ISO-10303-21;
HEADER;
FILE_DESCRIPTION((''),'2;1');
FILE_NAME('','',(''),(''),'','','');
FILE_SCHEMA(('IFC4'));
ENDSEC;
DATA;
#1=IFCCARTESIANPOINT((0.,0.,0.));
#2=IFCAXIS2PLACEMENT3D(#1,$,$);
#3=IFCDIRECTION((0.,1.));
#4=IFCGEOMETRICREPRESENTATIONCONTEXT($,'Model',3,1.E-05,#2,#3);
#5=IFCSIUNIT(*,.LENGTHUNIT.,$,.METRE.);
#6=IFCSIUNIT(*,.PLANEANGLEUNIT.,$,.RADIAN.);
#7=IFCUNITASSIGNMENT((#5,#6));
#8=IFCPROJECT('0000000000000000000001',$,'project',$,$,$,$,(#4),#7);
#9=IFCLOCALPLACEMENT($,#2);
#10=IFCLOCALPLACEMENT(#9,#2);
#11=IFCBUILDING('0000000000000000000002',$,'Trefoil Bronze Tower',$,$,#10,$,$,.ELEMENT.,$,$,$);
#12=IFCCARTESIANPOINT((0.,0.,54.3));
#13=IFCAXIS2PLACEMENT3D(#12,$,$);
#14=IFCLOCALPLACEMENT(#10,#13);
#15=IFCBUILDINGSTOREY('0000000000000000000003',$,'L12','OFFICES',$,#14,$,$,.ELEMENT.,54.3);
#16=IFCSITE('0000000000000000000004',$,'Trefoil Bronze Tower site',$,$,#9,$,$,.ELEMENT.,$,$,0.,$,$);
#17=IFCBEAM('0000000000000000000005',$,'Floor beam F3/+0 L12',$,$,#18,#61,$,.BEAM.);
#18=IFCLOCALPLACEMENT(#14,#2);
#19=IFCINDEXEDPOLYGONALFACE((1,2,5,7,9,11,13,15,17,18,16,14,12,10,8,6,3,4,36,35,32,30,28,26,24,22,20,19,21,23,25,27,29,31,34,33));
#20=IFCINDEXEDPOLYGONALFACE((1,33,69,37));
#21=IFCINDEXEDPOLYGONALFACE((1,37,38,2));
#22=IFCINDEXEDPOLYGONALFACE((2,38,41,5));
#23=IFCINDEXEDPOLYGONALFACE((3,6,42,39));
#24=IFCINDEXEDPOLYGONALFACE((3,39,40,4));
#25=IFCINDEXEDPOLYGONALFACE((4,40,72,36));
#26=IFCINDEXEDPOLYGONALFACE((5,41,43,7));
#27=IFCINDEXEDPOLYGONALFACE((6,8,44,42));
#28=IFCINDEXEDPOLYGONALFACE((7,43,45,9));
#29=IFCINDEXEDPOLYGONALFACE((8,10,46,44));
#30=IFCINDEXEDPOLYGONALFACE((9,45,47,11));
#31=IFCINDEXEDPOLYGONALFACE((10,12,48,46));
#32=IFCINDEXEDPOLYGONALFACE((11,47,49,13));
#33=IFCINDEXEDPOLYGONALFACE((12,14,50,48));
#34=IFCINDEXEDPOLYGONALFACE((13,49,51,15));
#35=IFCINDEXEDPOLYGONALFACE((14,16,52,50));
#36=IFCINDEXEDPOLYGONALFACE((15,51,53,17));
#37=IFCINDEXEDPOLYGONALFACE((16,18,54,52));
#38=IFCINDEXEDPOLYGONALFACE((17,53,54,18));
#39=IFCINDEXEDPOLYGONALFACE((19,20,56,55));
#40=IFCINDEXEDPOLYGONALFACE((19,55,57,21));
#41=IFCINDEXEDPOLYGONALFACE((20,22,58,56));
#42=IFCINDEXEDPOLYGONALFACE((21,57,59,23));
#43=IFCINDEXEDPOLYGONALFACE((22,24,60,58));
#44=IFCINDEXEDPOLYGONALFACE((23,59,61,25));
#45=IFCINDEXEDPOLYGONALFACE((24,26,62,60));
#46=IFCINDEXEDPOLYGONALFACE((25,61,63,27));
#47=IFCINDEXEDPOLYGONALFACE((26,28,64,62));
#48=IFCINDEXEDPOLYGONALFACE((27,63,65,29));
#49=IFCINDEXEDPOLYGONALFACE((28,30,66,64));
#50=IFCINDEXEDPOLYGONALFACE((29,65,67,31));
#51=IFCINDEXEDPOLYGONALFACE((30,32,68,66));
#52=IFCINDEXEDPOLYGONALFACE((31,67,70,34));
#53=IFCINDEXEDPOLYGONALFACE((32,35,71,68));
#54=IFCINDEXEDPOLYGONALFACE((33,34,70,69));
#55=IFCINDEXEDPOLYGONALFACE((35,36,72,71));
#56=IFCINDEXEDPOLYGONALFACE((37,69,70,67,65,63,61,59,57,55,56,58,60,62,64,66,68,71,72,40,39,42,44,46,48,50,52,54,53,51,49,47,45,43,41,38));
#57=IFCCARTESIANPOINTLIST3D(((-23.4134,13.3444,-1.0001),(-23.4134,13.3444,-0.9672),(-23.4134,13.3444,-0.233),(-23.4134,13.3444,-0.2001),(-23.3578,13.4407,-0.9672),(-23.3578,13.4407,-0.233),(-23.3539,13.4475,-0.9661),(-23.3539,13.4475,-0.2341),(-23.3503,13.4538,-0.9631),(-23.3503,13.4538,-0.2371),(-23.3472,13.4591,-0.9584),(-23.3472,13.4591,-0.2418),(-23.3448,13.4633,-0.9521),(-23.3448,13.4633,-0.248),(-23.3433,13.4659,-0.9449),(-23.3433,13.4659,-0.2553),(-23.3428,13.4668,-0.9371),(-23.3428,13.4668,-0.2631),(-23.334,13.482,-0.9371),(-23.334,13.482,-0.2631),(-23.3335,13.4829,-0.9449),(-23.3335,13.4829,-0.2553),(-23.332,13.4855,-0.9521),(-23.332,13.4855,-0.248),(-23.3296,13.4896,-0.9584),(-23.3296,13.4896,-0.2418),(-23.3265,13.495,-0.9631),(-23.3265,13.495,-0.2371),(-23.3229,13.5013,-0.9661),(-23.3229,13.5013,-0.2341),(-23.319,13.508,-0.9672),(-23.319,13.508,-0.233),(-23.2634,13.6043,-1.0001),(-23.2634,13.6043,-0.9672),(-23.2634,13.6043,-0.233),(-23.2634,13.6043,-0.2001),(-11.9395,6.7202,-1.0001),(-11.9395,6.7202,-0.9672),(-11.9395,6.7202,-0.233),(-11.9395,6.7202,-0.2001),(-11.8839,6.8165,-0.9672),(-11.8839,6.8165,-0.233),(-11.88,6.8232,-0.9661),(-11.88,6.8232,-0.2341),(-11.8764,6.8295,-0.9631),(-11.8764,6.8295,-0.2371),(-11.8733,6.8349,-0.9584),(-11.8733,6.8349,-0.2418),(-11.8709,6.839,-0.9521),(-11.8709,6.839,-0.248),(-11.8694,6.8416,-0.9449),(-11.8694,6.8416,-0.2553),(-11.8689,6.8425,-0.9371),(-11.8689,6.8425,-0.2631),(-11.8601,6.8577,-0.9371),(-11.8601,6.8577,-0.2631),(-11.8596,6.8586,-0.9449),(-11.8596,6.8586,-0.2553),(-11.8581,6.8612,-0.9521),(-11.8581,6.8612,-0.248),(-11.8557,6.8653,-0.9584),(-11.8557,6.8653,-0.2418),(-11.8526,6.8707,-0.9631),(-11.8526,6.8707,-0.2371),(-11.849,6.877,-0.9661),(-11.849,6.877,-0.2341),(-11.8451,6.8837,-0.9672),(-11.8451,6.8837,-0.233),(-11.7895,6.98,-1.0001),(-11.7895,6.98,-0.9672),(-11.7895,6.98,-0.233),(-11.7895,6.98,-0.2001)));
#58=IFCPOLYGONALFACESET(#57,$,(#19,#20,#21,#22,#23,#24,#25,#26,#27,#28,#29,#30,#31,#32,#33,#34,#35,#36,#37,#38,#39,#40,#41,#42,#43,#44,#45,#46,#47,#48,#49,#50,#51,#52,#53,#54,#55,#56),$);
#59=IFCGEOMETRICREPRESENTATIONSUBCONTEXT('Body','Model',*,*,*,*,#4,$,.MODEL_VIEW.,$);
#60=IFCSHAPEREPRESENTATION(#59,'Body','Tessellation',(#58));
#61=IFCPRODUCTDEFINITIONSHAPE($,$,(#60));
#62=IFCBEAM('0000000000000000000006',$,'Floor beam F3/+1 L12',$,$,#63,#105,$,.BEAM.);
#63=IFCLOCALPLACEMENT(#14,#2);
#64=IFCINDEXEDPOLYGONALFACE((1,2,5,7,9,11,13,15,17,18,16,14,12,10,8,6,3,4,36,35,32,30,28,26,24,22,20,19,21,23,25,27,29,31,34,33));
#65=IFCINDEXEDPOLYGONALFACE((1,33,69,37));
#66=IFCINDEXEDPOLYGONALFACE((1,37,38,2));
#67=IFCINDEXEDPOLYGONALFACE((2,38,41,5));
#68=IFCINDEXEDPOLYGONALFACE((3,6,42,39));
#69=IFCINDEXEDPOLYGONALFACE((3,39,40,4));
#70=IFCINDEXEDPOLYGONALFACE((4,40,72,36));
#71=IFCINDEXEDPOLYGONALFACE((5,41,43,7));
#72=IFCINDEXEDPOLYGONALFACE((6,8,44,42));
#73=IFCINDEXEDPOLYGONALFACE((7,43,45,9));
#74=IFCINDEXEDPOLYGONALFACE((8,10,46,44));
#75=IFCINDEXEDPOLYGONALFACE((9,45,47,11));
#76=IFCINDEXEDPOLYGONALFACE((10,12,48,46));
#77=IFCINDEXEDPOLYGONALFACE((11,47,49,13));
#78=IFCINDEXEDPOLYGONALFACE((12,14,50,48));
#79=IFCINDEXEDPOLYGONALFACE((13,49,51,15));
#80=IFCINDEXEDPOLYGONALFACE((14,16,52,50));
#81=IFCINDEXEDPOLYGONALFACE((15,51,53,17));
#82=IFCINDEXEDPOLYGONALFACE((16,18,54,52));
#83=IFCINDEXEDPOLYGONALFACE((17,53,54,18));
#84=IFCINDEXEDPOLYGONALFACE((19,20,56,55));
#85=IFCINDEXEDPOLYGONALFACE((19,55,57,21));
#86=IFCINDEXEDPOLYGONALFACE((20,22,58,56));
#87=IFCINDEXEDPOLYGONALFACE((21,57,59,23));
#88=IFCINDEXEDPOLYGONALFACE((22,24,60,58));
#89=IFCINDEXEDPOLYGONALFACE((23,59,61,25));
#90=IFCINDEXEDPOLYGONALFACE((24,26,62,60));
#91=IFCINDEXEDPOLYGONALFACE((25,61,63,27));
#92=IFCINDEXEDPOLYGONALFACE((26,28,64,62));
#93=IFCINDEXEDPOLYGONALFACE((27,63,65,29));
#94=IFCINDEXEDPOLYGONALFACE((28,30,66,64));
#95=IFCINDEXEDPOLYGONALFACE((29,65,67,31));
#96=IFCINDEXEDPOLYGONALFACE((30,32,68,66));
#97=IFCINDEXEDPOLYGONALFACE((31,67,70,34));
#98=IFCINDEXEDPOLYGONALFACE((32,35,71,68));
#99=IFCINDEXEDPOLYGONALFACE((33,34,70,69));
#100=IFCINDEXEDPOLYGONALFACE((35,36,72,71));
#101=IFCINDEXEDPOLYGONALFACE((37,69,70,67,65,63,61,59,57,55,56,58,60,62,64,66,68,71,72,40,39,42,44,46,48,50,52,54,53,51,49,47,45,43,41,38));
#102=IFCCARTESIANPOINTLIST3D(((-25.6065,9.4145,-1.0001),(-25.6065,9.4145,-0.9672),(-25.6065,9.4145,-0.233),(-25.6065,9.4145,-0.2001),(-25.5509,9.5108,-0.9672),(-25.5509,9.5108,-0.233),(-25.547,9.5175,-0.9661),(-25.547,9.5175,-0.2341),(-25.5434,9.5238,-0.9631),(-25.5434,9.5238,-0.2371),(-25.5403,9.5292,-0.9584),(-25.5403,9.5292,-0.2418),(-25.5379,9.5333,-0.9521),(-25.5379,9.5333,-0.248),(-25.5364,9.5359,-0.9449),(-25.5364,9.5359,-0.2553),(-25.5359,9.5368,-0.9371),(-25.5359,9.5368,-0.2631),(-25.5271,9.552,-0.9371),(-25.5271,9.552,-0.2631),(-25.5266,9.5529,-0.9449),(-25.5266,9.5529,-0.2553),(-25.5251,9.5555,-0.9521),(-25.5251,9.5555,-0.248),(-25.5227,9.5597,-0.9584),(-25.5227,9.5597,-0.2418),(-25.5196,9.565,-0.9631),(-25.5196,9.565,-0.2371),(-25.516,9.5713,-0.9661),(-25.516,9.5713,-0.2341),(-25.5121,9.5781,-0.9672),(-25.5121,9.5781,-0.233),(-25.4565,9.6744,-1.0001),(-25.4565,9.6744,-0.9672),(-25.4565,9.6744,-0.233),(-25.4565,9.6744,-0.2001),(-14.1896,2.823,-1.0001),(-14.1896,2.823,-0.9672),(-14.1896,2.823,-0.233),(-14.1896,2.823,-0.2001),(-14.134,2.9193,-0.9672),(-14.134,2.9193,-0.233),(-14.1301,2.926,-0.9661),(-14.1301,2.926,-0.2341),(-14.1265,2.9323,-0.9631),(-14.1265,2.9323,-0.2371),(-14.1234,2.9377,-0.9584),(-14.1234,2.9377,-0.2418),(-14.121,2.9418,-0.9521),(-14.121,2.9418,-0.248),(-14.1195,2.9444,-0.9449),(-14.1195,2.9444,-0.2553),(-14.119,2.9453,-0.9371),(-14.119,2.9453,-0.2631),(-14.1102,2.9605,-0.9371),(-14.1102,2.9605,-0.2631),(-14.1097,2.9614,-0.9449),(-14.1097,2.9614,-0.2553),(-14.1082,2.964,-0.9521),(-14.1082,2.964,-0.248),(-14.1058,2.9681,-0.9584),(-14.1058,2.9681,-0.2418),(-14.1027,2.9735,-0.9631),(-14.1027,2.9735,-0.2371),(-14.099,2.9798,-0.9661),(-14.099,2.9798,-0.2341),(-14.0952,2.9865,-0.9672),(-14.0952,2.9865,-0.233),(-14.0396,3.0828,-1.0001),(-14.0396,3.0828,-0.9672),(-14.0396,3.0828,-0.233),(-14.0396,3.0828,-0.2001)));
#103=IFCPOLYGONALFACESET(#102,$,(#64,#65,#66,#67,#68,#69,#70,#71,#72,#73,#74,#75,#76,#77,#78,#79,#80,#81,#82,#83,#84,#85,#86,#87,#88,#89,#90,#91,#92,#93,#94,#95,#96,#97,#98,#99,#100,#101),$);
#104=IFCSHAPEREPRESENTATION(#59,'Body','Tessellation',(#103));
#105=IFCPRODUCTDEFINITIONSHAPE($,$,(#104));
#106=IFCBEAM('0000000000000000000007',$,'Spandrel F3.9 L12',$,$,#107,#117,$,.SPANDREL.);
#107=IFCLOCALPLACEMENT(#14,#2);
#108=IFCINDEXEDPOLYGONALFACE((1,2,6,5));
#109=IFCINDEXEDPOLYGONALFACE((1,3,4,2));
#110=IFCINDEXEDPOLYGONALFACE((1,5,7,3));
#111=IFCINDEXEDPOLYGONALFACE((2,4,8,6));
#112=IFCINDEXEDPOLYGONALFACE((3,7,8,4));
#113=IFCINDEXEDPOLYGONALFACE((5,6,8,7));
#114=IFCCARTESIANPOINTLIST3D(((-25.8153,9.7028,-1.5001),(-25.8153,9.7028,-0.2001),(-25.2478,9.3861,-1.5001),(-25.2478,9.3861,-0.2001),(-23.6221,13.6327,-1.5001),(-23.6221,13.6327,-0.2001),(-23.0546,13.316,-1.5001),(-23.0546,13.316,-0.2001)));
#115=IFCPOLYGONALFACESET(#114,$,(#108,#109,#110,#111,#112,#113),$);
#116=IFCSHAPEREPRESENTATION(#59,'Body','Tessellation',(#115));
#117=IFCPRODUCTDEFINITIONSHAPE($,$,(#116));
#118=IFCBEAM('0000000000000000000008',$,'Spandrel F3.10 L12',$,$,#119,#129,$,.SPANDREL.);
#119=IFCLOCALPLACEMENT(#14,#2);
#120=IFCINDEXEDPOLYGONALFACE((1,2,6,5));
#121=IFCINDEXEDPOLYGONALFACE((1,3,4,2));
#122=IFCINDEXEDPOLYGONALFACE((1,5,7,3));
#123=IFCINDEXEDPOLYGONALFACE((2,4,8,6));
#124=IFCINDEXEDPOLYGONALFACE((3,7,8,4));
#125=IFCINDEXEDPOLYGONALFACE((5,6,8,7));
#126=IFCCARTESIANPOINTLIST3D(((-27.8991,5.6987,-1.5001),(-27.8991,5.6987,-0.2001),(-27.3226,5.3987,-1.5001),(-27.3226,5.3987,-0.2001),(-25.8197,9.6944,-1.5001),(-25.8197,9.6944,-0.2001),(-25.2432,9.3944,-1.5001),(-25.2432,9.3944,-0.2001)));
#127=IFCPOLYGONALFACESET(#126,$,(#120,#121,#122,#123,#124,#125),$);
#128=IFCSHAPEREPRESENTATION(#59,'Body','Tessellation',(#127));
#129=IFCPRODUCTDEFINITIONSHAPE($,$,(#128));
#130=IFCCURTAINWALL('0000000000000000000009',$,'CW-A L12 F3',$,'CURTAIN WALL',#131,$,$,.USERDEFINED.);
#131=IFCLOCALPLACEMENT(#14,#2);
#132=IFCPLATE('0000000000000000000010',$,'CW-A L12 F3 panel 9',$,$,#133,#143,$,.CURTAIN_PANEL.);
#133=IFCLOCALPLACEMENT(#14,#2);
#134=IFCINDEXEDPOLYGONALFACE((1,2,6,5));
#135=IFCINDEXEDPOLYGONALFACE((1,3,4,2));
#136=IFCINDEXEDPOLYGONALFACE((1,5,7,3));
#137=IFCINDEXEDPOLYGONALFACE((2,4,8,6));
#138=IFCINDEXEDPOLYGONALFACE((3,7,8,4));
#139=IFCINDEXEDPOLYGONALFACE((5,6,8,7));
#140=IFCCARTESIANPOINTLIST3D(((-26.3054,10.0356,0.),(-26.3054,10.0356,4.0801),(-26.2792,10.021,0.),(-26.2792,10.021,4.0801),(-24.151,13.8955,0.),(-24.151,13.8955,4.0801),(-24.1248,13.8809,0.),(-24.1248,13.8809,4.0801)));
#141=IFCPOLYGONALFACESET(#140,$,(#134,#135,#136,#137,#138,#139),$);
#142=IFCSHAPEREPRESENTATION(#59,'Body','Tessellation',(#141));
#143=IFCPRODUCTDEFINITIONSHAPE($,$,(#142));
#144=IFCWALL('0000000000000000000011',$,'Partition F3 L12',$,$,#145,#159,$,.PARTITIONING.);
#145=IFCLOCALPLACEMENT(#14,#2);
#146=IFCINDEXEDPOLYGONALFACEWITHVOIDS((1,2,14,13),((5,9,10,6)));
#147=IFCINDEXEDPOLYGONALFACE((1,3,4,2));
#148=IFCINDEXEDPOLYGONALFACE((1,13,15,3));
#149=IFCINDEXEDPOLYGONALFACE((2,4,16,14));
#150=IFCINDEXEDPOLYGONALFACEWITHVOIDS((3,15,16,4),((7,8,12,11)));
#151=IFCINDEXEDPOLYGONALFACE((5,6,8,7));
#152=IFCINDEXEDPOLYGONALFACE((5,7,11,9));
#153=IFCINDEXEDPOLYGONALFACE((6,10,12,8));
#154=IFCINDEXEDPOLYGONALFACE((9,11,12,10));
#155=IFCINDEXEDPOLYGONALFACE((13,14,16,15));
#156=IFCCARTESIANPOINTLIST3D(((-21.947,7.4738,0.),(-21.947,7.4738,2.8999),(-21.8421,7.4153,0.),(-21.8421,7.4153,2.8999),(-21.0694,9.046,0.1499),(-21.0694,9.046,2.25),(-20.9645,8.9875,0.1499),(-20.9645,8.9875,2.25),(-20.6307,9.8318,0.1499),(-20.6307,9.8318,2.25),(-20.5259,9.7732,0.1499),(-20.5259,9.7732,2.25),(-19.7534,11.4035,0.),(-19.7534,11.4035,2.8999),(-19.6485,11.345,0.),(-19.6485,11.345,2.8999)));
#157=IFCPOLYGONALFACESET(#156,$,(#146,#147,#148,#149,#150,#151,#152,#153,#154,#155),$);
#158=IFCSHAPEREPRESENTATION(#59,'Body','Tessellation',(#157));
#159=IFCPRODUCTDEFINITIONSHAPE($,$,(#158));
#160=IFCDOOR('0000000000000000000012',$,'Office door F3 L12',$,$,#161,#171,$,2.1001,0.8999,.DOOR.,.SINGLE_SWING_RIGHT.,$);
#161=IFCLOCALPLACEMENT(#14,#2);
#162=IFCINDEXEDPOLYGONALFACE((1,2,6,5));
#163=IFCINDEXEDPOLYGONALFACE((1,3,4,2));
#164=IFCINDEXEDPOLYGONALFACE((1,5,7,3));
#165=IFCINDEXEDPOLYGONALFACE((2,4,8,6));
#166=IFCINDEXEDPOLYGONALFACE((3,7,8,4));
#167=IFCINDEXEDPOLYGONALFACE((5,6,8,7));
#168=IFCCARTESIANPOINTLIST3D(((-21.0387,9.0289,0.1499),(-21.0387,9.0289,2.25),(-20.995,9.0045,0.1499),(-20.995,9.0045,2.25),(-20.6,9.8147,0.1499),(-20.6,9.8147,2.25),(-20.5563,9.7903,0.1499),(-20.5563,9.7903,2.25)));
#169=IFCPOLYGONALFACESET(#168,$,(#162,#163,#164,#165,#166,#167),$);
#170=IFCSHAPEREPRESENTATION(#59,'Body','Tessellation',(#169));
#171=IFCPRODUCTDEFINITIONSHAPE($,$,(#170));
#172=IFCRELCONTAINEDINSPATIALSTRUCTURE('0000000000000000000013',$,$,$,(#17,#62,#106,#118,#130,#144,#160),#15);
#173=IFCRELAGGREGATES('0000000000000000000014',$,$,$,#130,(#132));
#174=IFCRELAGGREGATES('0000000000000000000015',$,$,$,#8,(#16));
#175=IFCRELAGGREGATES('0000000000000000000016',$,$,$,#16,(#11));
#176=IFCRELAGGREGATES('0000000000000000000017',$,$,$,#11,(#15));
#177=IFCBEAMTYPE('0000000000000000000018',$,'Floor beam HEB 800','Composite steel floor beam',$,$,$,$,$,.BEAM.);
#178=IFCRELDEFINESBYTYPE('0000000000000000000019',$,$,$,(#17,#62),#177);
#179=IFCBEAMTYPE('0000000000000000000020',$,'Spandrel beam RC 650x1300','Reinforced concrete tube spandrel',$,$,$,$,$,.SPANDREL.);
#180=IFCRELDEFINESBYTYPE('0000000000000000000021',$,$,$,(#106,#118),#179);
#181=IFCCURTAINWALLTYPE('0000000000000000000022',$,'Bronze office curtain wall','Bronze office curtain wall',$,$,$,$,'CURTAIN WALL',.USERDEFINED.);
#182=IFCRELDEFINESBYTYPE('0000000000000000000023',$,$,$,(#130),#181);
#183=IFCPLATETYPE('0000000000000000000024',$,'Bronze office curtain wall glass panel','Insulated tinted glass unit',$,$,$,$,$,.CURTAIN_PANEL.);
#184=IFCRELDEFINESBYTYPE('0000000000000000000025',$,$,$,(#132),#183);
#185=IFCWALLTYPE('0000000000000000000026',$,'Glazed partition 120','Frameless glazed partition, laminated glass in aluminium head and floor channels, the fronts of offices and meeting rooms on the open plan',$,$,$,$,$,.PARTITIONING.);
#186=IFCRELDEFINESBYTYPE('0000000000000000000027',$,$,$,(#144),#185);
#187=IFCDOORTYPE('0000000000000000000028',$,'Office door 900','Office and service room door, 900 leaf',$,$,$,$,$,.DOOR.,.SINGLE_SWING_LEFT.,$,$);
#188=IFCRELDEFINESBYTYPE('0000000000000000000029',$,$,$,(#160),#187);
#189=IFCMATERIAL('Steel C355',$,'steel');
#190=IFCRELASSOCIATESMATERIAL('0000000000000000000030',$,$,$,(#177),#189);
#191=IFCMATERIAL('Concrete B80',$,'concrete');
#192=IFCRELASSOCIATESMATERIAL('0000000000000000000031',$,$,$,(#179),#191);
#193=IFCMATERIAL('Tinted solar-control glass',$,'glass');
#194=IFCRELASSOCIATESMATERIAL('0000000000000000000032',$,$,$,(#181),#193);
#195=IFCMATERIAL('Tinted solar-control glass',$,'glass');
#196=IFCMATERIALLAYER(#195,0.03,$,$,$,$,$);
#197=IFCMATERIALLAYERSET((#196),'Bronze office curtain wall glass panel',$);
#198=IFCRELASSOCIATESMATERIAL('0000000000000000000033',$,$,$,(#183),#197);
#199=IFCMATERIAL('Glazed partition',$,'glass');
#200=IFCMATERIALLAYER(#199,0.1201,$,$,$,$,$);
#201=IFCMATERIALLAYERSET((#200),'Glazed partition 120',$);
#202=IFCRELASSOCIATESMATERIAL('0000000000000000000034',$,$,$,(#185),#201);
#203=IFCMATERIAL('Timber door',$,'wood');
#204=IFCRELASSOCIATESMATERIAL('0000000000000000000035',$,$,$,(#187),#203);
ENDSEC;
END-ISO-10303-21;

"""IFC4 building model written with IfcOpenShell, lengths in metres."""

from ifc_helpers import new_model, si_unit, direction, frame, frame_2d, origin, origin_2d, place, context, subcontext, project, spatial, rectangle, i_section, extrude, material, layer, layer_set, material_profile, profile_set, type_object, element, fill, aggregate, save


model = new_model("IFC4")

# Units and contexts
model_context = context("Model", 3, precision=1e-05, world=origin(), true_north=direction((0.0, 1.0)))
body_context = subcontext(model_context, "Body", "Model", "MODEL_VIEW")
ifc_project = project(units=[si_unit("LENGTHUNIT", "METRE"), si_unit("PLANEANGLEUNIT", "RADIAN")], contexts=[model_context])

# Site, building, storey
site_placement = place(None, origin())
site = spatial("IfcSite", under=ifc_project, at=site_placement, Name="Trefoil Bronze Tower site", CompositionType="ELEMENT", RefElevation=0.0)
building_placement = place(site_placement, origin())
building = spatial("IfcBuilding", under=site, at=building_placement, Name="Trefoil Bronze Tower", CompositionType="ELEMENT")
storey_placement = place(building_placement, frame((0.0, 0.0, 54.3)))
storey = spatial("IfcBuildingStorey", under=building, at=storey_placement, Name="L12", Description="OFFICES", CompositionType="ELEMENT", Elevation=54.3)

# Beams
ifc_material_1 = material(Name="Steel C355", Category="steel")
ifc_material_profile_1 = material_profile(ifc_material_1, i_section(OverallWidth=0.3, OverallDepth=0.8, WebThickness=0.0176, FlangeThickness=0.033, FilletRadius=0.03, at=origin_2d()), Name="HEB 800")
ifc_profile_set_1 = profile_set([ifc_material_profile_1], Name="Steel C355")
beam_type_1 = type_object("IfcBeamType", Name="Floor beam HEB 800", Description="Composite steel floor beam", PredefinedType="BEAM", material=ifc_profile_set_1)
beam_1_placement = place(storey_placement, frame((-23.3384, 13.4744, -0.6001), z_axis=(0.866031, -0.49999, 0.0), x_axis=(0.49999, 0.866031, 0.0)))
element("IfcBeam", 1, at=beam_1_placement, inside=storey, type_object=beam_type_1, Name="Floor beam F3/+0 L12", PredefinedType="BEAM", context=body_context, shape_type="SweptSolid", body=[
    extrude(i_section(OverallWidth=0.3, OverallDepth=0.8, WebThickness=0.0176, FlangeThickness=0.033, FilletRadius=0.03, at=origin_2d()), origin(), (0.0, 0.0, 1.0), 13.2488),
])
beam_2_placement = place(storey_placement, frame((-25.5315, 9.5444, -0.6001), z_axis=(0.866027, -0.499997, 0.0), x_axis=(0.499997, 0.866027, 0.0)))
element("IfcBeam", 2, at=beam_2_placement, inside=storey, type_object=beam_type_1, Name="Floor beam F3/+1 L12", PredefinedType="BEAM", context=body_context, shape_type="SweptSolid", body=[
    extrude(i_section(OverallWidth=0.3, OverallDepth=0.8, WebThickness=0.0176, FlangeThickness=0.033, FilletRadius=0.03, at=origin_2d()), origin(), (0.0, 0.0, 1.0), 13.1831),
])
ifc_material_2 = material(Name="Concrete B80", Category="concrete")
ifc_material_profile_2 = material_profile(ifc_material_2, rectangle(XDim=0.6499, YDim=1.3, at=origin_2d()), Name="RC 650x1300")
ifc_profile_set_2 = profile_set([ifc_material_profile_2], Name="Concrete B80")
beam_type_2 = type_object("IfcBeamType", Name="Spandrel beam RC 650x1300", Description="Reinforced concrete tube spandrel", PredefinedType="SPANDREL", material=ifc_profile_set_2)
beam_3_placement = place(storey_placement, frame((-23.3384, 13.4744, -0.8501), z_axis=(-0.487309, -0.873229, 0.0), x_axis=(0.873229, -0.487309, 0.0)))
element("IfcBeam", 3, at=beam_3_placement, inside=storey, type_object=beam_type_2, Name="Spandrel F3.9 L12", PredefinedType="SPANDREL", context=body_context, shape_type="SweptSolid", body=[
    extrude(rectangle(XDim=0.6499, YDim=1.3, at=origin_2d()), origin(), (0.0, 0.0, 1.0), 4.5005),
])
beam_4_placement = place(storey_placement, frame((-25.5315, 9.5444, -0.8501), z_axis=(-0.461638, -0.887069, 0.0), x_axis=(0.887069, -0.461638, 0.0)))
element("IfcBeam", 4, at=beam_4_placement, inside=storey, type_object=beam_type_2, Name="Spandrel F3.10 L12", PredefinedType="SPANDREL", context=body_context, shape_type="SweptSolid", body=[
    extrude(rectangle(XDim=0.6499, YDim=1.3, at=origin_2d()), origin(), (0.0, 0.0, 1.0), 4.5044),
])

# Curtain wall, plate
ifc_material_3 = material(Name="Tinted solar-control glass", Category="glass")
curtain_wall_type = type_object("IfcCurtainWallType", Name="Bronze office curtain wall", Description="Bronze office curtain wall", ElementType="CURTAIN WALL", PredefinedType="USERDEFINED", material=ifc_material_3)
curtain_wall_placement = place(storey_placement, origin())
curtain_wall = element("IfcCurtainWall", 5, at=curtain_wall_placement, inside=storey, type_object=curtain_wall_type, Name="CW-A L12 F3", ObjectType="CURTAIN WALL", PredefinedType="USERDEFINED")
ifc_material_4 = material(Name="Tinted solar-control glass", Category="glass")
ifc_layer_1 = layer(ifc_material_4, 0.03)
ifc_layer_set_1 = layer_set([ifc_layer_1], Name="Bronze office curtain wall glass panel")
plate_type = type_object("IfcPlateType", Name="Bronze office curtain wall glass panel", Description="Insulated tinted glass unit", PredefinedType="CURTAIN_PANEL", material=ifc_layer_set_1)
plate_placement = place(storey_placement, frame((-25.2151, 11.9583, 0.0), z_axis=(0.0, 0.0, 1.0), x_axis=(-0.487382, -0.873189, 0.0)))
plate = element("IfcPlate", 6, at=plate_placement, type_object=plate_type, Name="CW-A L12 F3 panel 9", PredefinedType="CURTAIN_PANEL", context=body_context, shape_type="SweptSolid", body=[
    extrude(rectangle(XDim=4.4204, YDim=0.03, at=origin_2d()), origin(), (0.0, 0.0, 1.0), 4.0801),
])
aggregate(curtain_wall, [plate])

# Wall, opening, door
ifc_material_5 = material(Name="Glazed partition", Category="glass")
ifc_layer_2 = layer(ifc_material_5, 0.1201)
ifc_layer_set_2 = layer_set([ifc_layer_2], Name="Glazed partition 120")
wall_type_1 = type_object("IfcWallType", Name="Glazed partition 120", Description="Frameless glazed partition, laminated glass in aluminium head and floor channels, the fronts of offices and meeting rooms on the open plan", PredefinedType="PARTITIONING", material=ifc_layer_set_2)
wall_1_placement = place(storey_placement, frame((-19.7009, 11.3743, 0.0), z_axis=(0.0, 0.0, 1.0), x_axis=(-0.487415, -0.87317, 0.0)))
wall_1 = element("IfcWall", 7, at=wall_1_placement, inside=storey, type_object=wall_type_1, Name="Partition F3 L12", PredefinedType="PARTITIONING", context=body_context, shape_type="SweptSolid", body=[
    extrude(rectangle(XDim=4.5005, YDim=0.1201, at=frame_2d((2.2502, 0.0))), origin(), (0.0, 0.0, 1.0), 2.8999),
])
opening_1_placement = place(wall_1_placement, frame((1.8, 0.0, 0.1499)))
opening_1 = element("IfcOpeningElement", 8, at=opening_1_placement, cuts=wall_1, PredefinedType="OPENING", context=body_context, shape_type="SweptSolid", body=[
    extrude(rectangle(XDim=0.8999, YDim=2.1001, at=frame_2d((0.45, 1.05))), frame((0.0, 0.0701, 0.0), z_axis=(0.0, -1.0, 0.0), x_axis=(1.0, 0.0, 0.0)), (0.0, 0.0, 1.0), 0.1401),
])
ifc_material_6 = material(Name="Timber door", Category="wood")
door_type_1 = type_object("IfcDoorType", Name="Office door 900", Description="Office and service room door, 900 leaf", OperationType="SINGLE_SWING_LEFT", PredefinedType="DOOR", material=ifc_material_6)
door_1_placement = place(opening_1_placement, frame((0.8999, 0.0, 0.0), z_axis=(0.0, 0.0, 1.0), x_axis=(-1.0, 0.0, 0.0)))
door_1 = element("IfcDoor", 9, at=door_1_placement, inside=storey, type_object=door_type_1, Name="Office door F3 L12", OperationType="SINGLE_SWING_RIGHT", OverallHeight=2.1001, OverallWidth=0.8999, PredefinedType="DOOR", context=body_context, shape_type="SweptSolid", body=[
    extrude(rectangle(XDim=0.8999, YDim=2.1001, at=frame_2d((0.45, 1.05))), frame((0.0, 0.0249, 0.0), z_axis=(0.0, -1.0, 0.0), x_axis=(1.0, 0.0, 0.0)), (0.0, 0.0, 1.0), 0.05),
])
fill(opening_1, door_1)

save(model, "model.ifc")
